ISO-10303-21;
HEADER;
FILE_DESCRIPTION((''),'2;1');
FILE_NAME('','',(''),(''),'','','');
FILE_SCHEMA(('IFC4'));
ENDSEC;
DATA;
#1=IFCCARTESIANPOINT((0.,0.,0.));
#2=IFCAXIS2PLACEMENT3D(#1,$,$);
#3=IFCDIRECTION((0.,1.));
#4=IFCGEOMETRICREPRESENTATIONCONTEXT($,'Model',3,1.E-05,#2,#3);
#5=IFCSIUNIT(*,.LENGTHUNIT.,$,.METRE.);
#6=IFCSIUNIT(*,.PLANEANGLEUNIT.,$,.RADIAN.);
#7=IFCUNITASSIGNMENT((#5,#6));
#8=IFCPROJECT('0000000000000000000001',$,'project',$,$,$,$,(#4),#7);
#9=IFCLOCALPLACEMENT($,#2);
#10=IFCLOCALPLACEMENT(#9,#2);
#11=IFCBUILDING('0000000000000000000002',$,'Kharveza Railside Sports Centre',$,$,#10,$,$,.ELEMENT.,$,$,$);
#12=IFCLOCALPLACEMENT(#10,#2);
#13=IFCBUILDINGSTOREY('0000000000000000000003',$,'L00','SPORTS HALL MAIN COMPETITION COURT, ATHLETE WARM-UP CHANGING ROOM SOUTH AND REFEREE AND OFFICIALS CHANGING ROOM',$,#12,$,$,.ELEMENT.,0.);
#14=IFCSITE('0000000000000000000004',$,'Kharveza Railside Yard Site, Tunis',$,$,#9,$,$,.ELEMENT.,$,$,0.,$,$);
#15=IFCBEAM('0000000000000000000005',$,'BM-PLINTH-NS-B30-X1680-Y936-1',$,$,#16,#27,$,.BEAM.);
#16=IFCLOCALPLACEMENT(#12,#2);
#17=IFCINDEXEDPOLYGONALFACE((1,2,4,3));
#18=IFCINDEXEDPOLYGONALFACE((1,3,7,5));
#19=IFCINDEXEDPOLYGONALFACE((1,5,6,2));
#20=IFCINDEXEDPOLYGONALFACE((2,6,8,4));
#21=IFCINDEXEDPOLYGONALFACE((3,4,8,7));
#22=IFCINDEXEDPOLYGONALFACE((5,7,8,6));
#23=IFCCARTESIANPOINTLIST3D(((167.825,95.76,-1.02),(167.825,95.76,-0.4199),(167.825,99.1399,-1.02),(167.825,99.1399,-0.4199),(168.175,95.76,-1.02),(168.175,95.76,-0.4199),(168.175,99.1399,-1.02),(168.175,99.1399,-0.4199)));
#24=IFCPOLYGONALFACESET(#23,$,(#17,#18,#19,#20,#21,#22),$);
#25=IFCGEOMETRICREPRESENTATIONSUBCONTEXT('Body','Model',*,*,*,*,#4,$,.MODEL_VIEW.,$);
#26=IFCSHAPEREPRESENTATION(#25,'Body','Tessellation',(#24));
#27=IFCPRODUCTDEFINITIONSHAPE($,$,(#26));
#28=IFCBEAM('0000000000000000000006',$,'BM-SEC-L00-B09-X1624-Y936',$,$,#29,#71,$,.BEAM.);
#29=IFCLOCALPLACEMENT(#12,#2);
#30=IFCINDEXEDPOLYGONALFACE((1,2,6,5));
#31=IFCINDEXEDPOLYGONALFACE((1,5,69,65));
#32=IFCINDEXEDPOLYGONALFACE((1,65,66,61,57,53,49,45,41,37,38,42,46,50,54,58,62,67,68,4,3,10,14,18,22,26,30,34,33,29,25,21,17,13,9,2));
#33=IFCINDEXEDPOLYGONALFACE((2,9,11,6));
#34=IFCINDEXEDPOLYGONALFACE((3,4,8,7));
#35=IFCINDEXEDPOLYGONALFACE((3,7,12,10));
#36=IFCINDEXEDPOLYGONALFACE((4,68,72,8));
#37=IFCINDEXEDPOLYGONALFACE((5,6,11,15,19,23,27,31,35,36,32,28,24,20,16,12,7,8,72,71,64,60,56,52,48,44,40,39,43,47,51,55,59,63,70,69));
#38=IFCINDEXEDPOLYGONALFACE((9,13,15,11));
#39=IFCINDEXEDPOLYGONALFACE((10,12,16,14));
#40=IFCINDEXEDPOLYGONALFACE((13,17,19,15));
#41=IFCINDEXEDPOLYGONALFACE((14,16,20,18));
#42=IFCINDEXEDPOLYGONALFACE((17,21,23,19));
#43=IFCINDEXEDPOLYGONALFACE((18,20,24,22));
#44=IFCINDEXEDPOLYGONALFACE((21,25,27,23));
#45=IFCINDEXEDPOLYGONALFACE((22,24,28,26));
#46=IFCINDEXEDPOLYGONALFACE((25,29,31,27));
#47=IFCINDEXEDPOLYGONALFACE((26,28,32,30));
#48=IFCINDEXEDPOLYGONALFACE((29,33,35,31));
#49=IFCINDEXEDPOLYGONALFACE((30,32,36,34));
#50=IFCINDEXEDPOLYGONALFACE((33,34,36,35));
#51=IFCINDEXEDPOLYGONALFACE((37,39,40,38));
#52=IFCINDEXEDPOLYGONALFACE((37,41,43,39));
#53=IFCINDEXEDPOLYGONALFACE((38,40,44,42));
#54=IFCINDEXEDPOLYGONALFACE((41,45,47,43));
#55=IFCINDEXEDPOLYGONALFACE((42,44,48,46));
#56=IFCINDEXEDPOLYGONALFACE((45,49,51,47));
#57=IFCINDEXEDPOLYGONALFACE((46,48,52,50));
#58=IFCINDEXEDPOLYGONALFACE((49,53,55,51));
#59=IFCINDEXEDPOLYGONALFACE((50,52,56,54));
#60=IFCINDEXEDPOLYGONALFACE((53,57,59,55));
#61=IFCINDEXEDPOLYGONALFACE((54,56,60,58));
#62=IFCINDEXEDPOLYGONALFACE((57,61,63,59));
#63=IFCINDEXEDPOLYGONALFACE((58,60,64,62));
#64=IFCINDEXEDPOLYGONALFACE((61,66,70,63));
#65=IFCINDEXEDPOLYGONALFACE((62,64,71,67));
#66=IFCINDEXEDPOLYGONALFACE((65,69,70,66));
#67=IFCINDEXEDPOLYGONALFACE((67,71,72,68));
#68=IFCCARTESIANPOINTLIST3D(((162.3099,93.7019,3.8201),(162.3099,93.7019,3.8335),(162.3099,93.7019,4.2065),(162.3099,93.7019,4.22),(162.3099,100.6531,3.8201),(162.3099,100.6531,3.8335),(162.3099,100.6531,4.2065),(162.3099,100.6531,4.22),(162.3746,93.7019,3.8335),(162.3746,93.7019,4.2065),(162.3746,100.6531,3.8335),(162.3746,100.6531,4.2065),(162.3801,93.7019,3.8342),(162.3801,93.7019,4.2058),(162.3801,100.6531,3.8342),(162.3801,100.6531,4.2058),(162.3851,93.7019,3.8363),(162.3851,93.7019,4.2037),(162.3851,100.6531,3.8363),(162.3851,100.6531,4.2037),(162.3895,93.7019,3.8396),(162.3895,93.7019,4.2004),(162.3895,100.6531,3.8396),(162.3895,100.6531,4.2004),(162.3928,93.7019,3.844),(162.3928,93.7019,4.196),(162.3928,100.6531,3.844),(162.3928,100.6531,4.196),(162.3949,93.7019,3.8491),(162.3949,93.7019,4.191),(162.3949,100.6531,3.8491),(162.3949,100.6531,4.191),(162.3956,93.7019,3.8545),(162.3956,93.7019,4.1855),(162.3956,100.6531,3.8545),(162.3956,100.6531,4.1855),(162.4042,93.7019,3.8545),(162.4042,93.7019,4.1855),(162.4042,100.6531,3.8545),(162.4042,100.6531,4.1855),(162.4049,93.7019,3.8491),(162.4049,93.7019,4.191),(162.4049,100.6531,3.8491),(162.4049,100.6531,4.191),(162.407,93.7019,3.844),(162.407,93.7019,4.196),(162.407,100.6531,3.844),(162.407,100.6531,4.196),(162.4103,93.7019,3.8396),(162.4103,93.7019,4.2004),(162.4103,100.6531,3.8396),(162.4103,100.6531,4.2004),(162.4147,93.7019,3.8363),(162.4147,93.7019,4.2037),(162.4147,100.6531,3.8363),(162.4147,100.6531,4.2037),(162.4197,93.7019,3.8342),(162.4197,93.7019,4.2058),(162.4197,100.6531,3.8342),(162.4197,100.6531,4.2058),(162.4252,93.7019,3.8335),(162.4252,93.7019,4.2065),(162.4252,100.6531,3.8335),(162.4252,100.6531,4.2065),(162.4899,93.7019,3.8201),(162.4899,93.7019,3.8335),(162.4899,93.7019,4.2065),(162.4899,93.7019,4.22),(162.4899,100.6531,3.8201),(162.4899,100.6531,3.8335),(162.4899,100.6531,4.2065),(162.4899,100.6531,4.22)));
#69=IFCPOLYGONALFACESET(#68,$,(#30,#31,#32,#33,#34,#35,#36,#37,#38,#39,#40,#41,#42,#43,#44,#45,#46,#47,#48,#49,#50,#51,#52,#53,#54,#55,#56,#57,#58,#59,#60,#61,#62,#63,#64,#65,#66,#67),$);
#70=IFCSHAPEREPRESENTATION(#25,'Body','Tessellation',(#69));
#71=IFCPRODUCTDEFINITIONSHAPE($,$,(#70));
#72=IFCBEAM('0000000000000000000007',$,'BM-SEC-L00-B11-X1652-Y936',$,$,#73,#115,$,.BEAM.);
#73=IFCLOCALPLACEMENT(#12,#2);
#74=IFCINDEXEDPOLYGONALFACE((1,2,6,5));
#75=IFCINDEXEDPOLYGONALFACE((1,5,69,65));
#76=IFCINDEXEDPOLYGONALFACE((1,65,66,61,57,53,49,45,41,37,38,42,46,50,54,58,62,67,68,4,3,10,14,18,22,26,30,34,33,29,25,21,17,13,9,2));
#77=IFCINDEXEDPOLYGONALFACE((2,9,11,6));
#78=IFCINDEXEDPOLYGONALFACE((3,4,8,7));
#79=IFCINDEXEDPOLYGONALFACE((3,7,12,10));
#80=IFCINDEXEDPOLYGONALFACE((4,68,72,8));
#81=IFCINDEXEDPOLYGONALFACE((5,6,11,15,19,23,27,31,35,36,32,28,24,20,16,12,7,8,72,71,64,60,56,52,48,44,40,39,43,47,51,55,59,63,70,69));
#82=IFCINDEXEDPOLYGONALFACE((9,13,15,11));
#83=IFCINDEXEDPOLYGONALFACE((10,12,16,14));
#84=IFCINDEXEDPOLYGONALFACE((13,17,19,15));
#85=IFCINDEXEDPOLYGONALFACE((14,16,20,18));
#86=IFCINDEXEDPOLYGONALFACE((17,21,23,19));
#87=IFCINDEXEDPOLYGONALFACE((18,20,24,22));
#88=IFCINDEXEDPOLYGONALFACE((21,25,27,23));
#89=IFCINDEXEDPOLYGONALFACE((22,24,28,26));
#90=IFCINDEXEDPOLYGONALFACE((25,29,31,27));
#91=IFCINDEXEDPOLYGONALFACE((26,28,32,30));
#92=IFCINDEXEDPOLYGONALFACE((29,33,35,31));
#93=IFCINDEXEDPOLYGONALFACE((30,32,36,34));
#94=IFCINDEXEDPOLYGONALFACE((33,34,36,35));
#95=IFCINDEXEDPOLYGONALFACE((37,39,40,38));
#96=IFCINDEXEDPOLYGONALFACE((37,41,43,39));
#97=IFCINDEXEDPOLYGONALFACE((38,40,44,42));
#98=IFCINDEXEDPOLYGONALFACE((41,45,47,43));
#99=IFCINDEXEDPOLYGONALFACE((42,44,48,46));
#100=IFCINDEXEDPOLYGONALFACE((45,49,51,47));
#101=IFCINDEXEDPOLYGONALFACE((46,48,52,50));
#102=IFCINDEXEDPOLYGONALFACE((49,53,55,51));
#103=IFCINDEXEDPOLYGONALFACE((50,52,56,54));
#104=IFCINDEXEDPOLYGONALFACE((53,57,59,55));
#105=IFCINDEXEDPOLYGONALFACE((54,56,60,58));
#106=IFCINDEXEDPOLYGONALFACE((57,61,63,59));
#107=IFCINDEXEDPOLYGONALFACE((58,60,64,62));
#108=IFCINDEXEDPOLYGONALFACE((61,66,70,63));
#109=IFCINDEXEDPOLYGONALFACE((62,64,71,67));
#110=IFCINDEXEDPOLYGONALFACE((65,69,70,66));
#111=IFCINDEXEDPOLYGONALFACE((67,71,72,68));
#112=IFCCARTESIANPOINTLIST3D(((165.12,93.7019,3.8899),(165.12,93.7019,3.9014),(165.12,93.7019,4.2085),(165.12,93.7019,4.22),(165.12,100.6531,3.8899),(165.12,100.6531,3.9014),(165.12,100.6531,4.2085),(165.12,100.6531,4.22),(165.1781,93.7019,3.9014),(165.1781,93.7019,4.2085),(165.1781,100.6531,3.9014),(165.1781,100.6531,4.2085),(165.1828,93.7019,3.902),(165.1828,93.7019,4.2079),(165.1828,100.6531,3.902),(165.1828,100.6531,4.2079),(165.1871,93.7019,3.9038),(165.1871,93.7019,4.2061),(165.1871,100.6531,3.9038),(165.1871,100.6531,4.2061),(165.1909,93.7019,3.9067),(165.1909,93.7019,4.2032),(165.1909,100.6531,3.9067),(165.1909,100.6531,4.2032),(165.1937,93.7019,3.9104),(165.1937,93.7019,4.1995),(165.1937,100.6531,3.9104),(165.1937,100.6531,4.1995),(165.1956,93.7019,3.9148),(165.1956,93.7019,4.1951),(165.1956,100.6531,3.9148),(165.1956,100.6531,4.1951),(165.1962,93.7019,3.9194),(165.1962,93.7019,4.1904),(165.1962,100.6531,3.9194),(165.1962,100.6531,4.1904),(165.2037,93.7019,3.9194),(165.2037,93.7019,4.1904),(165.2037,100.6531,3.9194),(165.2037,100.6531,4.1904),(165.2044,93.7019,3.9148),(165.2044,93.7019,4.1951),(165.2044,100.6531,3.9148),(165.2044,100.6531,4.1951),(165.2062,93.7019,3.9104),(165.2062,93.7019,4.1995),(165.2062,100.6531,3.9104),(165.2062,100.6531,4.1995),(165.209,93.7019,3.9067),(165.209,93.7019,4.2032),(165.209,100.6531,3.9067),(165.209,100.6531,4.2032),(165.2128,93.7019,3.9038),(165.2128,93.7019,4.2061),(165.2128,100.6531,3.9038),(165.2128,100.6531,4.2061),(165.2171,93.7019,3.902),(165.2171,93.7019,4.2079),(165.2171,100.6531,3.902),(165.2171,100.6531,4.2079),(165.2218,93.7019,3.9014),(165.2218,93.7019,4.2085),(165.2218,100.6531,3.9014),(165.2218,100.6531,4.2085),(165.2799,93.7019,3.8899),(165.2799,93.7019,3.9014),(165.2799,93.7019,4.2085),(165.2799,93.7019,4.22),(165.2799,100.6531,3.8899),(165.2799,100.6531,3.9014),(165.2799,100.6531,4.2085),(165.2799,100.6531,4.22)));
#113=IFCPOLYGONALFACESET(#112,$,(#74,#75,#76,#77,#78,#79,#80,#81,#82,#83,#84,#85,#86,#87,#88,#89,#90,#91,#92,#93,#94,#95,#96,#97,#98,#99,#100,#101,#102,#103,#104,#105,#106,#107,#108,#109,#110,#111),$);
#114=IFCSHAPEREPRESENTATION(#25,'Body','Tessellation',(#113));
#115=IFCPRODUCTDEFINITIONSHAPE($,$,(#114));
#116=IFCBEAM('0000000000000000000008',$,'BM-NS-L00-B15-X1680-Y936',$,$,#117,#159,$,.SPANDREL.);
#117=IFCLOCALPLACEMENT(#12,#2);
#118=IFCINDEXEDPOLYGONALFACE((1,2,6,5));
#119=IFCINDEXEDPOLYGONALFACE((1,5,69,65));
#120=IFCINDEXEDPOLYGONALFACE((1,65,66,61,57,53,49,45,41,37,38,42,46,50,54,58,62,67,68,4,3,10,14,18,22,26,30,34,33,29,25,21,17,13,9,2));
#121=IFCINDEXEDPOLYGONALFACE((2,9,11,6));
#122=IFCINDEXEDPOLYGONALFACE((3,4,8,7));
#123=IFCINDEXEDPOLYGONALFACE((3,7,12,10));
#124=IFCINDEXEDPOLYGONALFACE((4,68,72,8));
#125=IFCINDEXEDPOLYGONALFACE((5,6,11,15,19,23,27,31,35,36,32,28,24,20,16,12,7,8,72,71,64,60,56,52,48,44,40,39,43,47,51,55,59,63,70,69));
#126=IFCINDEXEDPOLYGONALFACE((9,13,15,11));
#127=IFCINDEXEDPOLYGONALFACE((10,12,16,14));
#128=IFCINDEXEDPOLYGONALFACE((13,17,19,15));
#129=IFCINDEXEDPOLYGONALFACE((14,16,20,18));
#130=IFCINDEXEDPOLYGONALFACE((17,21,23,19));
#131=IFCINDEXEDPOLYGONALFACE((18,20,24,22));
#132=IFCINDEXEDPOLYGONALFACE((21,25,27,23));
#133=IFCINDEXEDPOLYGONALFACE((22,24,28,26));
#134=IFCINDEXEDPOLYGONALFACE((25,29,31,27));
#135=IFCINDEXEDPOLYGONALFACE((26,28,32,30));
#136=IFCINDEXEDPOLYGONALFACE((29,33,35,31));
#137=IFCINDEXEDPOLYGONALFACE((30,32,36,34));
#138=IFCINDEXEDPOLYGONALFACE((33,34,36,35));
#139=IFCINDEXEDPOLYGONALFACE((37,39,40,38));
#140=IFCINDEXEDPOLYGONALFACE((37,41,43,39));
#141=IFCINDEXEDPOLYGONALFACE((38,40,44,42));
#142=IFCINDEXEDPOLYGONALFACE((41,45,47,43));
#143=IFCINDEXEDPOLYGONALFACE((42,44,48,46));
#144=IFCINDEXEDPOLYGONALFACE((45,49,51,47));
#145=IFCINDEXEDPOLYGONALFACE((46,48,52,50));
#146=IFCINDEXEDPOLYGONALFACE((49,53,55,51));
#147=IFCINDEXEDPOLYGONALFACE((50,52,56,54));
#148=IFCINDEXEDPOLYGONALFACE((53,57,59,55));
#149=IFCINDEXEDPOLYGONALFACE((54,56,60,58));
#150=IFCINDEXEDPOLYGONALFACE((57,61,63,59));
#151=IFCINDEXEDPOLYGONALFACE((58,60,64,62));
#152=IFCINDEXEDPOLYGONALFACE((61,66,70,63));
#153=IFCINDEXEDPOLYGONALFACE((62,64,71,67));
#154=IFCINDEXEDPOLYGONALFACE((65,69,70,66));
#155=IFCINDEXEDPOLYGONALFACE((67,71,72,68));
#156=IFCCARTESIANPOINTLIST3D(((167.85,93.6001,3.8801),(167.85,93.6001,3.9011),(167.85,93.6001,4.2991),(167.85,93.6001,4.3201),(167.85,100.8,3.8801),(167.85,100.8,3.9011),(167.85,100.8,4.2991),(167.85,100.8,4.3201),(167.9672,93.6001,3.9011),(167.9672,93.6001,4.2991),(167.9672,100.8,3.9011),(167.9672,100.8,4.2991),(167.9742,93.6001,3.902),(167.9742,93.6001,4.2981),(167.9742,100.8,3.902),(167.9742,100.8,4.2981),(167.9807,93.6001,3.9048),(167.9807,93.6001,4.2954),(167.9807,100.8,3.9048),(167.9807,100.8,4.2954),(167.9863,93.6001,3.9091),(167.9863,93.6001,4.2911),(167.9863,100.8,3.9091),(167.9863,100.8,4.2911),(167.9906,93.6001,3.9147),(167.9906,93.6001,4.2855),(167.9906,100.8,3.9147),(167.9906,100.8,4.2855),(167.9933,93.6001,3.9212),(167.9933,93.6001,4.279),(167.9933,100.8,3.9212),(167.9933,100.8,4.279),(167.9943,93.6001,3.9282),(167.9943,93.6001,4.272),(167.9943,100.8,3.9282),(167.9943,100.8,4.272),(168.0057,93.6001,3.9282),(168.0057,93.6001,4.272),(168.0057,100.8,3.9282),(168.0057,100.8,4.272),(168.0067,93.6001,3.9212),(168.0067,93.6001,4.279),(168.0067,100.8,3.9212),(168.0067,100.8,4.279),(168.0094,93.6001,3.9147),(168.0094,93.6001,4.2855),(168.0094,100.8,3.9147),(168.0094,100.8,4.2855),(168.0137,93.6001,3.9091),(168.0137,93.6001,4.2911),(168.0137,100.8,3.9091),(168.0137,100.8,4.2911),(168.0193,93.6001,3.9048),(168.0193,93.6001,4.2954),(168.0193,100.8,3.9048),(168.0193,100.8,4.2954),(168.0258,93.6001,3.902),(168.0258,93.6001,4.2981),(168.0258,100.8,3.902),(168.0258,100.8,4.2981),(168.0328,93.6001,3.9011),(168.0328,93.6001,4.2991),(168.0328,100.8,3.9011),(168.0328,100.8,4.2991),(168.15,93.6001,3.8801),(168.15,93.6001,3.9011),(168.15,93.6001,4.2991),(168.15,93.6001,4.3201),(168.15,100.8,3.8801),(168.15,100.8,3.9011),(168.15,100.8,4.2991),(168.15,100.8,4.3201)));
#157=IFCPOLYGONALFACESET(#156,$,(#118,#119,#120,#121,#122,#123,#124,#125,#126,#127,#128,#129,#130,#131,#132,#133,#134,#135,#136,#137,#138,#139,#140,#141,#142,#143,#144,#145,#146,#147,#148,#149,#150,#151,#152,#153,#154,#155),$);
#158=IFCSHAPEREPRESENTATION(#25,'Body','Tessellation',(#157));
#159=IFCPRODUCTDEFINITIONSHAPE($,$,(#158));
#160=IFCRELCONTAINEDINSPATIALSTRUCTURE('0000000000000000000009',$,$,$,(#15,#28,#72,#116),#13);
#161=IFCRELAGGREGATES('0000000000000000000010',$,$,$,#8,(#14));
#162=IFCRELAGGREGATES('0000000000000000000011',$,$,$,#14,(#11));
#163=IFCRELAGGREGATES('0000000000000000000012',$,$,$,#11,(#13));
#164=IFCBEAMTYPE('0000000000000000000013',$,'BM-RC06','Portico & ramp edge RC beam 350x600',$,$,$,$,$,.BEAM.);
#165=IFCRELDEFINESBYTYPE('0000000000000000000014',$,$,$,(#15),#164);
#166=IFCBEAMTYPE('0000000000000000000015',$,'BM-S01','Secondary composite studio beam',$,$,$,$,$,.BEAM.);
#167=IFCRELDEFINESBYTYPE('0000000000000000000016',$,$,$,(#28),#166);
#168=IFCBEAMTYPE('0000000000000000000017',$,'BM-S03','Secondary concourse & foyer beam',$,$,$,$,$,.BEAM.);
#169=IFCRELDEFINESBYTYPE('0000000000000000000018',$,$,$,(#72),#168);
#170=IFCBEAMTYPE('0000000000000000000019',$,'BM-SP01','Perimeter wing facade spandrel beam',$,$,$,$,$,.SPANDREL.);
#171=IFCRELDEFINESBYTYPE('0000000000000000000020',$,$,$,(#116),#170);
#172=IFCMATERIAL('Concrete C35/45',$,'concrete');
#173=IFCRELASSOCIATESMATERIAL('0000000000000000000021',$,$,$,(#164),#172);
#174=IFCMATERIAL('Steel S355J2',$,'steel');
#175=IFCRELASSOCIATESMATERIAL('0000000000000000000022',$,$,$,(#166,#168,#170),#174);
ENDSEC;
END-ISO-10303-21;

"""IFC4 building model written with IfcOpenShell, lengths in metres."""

from ifc_helpers import new_model, si_unit, direction, frame, origin, origin_2d, place, context, subcontext, project, spatial, rectangle, i_section, extrude, material, material_profile, profile_set, type_object, element, save


model = new_model("IFC4")

# Units and contexts
model_context = context("Model", 3, precision=1e-05, world=origin(), true_north=direction((0.0, 1.0)))
body_context = subcontext(model_context, "Body", "Model", "MODEL_VIEW")
ifc_project = project(units=[si_unit("LENGTHUNIT", "METRE"), si_unit("PLANEANGLEUNIT", "RADIAN")], contexts=[model_context])

# Site, building, storey
site_placement = place(None, origin())
site = spatial("IfcSite", under=ifc_project, at=site_placement, Name="Kharveza Railside Yard Site, Tunis", CompositionType="ELEMENT", RefElevation=0.0)
building_placement = place(site_placement, origin())
building = spatial("IfcBuilding", under=site, at=building_placement, Name="Kharveza Railside Sports Centre", CompositionType="ELEMENT")
storey_placement = place(building_placement, origin())
storey = spatial("IfcBuildingStorey", under=building, at=storey_placement, Name="L00", Description="SPORTS HALL MAIN COMPETITION COURT, ATHLETE WARM-UP CHANGING ROOM SOUTH AND REFEREE AND OFFICIALS CHANGING ROOM", CompositionType="ELEMENT", Elevation=0.0)

# Shared definitions
ifc_material_1 = material(Name="Concrete C35/45", Category="concrete")

# Shared definitions
ifc_material_2 = material(Name="Steel S355J2", Category="steel")

# Beams
ifc_material_profile_1 = material_profile(ifc_material_1, rectangle(XDim=0.3501, YDim=0.6001, at=origin_2d()), Name="RCB 350x600")
ifc_profile_set_1 = profile_set([ifc_material_profile_1], Name="Concrete C35/45")
beam_type_1 = type_object("IfcBeamType", Name="BM-RC06", Description="Portico & ramp edge RC beam 350x600", PredefinedType="BEAM", material=ifc_profile_set_1)
beam_1_placement = place(storey_placement, frame((168.0, 95.76, -0.72), z_axis=(0.0, 1.0, 0.0), x_axis=(-1.0, 0.0, 0.0)))
element("IfcBeam", 1, at=beam_1_placement, inside=storey, type_object=beam_type_1, Name="BM-PLINTH-NS-B30-X1680-Y936-1", PredefinedType="BEAM", context=body_context, shape_type="SweptSolid", body=[
    extrude(rectangle(XDim=0.3501, YDim=0.6001, at=origin_2d()), origin(), (0.0, 0.0, 1.0), 3.3799),
])
ifc_material_profile_2 = material_profile(ifc_material_2, i_section(OverallWidth=0.1799, OverallDepth=0.3999, WebThickness=0.0085, FlangeThickness=0.0134, FilletRadius=0.021, at=origin_2d()), Name="IPE 400")
ifc_profile_set_2 = profile_set([ifc_material_profile_2], Name="Steel S355J2")
beam_type_2 = type_object("IfcBeamType", Name="BM-S01", Description="Secondary composite studio beam", PredefinedType="BEAM", material=ifc_profile_set_2)
beam_2_placement = place(storey_placement, frame((162.3999, 93.7019, 4.02), z_axis=(0.0, 1.0, 0.0), x_axis=(-1.0, 0.0, 0.0)))
element("IfcBeam", 2, at=beam_2_placement, inside=storey, type_object=beam_type_2, Name="BM-SEC-L00-B09-X1624-Y936", PredefinedType="BEAM", context=body_context, shape_type="SweptSolid", body=[
    extrude(i_section(OverallWidth=0.1799, OverallDepth=0.3999, WebThickness=0.0085, FlangeThickness=0.0134, FilletRadius=0.021, at=origin_2d()), origin(), (0.0, 0.0, 1.0), 6.9512),
])
ifc_material_profile_3 = material_profile(ifc_material_2, i_section(OverallWidth=0.1599, OverallDepth=0.3301, WebThickness=0.0076, FlangeThickness=0.0115, FilletRadius=0.0181, at=origin_2d()), Name="IPE 330")
ifc_profile_set_3 = profile_set([ifc_material_profile_3], Name="Steel S355J2")
beam_type_3 = type_object("IfcBeamType", Name="BM-S03", Description="Secondary concourse & foyer beam", PredefinedType="BEAM", material=ifc_profile_set_3)
beam_3_placement = place(storey_placement, frame((165.2, 93.7019, 4.0549), z_axis=(0.0, 1.0, 0.0), x_axis=(-1.0, 0.0, 0.0)))
element("IfcBeam", 3, at=beam_3_placement, inside=storey, type_object=beam_type_3, Name="BM-SEC-L00-B11-X1652-Y936", PredefinedType="BEAM", context=body_context, shape_type="SweptSolid", body=[
    extrude(i_section(OverallWidth=0.1599, OverallDepth=0.3301, WebThickness=0.0076, FlangeThickness=0.0115, FilletRadius=0.0181, at=origin_2d()), origin(), (0.0, 0.0, 1.0), 6.9512),
])
ifc_material_profile_4 = material_profile(ifc_material_2, i_section(OverallWidth=0.3, OverallDepth=0.4399, WebThickness=0.0115, FlangeThickness=0.021, FilletRadius=0.0271, at=origin_2d()), Name="HEA 450")
ifc_profile_set_4 = profile_set([ifc_material_profile_4], Name="Steel S355J2")
beam_type_4 = type_object("IfcBeamType", Name="BM-SP01", Description="Perimeter wing facade spandrel beam", PredefinedType="SPANDREL", material=ifc_profile_set_4)
beam_4_placement = place(storey_placement, frame((168.0, 93.6001, 4.1001), z_axis=(0.0, 1.0, 0.0), x_axis=(-1.0, 0.0, 0.0)))
element("IfcBeam", 4, at=beam_4_placement, inside=storey, type_object=beam_type_4, Name="BM-NS-L00-B15-X1680-Y936", PredefinedType="SPANDREL", context=body_context, shape_type="SweptSolid", body=[
    extrude(i_section(OverallWidth=0.3, OverallDepth=0.4399, WebThickness=0.0115, FlangeThickness=0.021, FilletRadius=0.0271, at=origin_2d()), origin(), (0.0, 0.0, 1.0), 7.2),
])

save(model, "model.ifc")
